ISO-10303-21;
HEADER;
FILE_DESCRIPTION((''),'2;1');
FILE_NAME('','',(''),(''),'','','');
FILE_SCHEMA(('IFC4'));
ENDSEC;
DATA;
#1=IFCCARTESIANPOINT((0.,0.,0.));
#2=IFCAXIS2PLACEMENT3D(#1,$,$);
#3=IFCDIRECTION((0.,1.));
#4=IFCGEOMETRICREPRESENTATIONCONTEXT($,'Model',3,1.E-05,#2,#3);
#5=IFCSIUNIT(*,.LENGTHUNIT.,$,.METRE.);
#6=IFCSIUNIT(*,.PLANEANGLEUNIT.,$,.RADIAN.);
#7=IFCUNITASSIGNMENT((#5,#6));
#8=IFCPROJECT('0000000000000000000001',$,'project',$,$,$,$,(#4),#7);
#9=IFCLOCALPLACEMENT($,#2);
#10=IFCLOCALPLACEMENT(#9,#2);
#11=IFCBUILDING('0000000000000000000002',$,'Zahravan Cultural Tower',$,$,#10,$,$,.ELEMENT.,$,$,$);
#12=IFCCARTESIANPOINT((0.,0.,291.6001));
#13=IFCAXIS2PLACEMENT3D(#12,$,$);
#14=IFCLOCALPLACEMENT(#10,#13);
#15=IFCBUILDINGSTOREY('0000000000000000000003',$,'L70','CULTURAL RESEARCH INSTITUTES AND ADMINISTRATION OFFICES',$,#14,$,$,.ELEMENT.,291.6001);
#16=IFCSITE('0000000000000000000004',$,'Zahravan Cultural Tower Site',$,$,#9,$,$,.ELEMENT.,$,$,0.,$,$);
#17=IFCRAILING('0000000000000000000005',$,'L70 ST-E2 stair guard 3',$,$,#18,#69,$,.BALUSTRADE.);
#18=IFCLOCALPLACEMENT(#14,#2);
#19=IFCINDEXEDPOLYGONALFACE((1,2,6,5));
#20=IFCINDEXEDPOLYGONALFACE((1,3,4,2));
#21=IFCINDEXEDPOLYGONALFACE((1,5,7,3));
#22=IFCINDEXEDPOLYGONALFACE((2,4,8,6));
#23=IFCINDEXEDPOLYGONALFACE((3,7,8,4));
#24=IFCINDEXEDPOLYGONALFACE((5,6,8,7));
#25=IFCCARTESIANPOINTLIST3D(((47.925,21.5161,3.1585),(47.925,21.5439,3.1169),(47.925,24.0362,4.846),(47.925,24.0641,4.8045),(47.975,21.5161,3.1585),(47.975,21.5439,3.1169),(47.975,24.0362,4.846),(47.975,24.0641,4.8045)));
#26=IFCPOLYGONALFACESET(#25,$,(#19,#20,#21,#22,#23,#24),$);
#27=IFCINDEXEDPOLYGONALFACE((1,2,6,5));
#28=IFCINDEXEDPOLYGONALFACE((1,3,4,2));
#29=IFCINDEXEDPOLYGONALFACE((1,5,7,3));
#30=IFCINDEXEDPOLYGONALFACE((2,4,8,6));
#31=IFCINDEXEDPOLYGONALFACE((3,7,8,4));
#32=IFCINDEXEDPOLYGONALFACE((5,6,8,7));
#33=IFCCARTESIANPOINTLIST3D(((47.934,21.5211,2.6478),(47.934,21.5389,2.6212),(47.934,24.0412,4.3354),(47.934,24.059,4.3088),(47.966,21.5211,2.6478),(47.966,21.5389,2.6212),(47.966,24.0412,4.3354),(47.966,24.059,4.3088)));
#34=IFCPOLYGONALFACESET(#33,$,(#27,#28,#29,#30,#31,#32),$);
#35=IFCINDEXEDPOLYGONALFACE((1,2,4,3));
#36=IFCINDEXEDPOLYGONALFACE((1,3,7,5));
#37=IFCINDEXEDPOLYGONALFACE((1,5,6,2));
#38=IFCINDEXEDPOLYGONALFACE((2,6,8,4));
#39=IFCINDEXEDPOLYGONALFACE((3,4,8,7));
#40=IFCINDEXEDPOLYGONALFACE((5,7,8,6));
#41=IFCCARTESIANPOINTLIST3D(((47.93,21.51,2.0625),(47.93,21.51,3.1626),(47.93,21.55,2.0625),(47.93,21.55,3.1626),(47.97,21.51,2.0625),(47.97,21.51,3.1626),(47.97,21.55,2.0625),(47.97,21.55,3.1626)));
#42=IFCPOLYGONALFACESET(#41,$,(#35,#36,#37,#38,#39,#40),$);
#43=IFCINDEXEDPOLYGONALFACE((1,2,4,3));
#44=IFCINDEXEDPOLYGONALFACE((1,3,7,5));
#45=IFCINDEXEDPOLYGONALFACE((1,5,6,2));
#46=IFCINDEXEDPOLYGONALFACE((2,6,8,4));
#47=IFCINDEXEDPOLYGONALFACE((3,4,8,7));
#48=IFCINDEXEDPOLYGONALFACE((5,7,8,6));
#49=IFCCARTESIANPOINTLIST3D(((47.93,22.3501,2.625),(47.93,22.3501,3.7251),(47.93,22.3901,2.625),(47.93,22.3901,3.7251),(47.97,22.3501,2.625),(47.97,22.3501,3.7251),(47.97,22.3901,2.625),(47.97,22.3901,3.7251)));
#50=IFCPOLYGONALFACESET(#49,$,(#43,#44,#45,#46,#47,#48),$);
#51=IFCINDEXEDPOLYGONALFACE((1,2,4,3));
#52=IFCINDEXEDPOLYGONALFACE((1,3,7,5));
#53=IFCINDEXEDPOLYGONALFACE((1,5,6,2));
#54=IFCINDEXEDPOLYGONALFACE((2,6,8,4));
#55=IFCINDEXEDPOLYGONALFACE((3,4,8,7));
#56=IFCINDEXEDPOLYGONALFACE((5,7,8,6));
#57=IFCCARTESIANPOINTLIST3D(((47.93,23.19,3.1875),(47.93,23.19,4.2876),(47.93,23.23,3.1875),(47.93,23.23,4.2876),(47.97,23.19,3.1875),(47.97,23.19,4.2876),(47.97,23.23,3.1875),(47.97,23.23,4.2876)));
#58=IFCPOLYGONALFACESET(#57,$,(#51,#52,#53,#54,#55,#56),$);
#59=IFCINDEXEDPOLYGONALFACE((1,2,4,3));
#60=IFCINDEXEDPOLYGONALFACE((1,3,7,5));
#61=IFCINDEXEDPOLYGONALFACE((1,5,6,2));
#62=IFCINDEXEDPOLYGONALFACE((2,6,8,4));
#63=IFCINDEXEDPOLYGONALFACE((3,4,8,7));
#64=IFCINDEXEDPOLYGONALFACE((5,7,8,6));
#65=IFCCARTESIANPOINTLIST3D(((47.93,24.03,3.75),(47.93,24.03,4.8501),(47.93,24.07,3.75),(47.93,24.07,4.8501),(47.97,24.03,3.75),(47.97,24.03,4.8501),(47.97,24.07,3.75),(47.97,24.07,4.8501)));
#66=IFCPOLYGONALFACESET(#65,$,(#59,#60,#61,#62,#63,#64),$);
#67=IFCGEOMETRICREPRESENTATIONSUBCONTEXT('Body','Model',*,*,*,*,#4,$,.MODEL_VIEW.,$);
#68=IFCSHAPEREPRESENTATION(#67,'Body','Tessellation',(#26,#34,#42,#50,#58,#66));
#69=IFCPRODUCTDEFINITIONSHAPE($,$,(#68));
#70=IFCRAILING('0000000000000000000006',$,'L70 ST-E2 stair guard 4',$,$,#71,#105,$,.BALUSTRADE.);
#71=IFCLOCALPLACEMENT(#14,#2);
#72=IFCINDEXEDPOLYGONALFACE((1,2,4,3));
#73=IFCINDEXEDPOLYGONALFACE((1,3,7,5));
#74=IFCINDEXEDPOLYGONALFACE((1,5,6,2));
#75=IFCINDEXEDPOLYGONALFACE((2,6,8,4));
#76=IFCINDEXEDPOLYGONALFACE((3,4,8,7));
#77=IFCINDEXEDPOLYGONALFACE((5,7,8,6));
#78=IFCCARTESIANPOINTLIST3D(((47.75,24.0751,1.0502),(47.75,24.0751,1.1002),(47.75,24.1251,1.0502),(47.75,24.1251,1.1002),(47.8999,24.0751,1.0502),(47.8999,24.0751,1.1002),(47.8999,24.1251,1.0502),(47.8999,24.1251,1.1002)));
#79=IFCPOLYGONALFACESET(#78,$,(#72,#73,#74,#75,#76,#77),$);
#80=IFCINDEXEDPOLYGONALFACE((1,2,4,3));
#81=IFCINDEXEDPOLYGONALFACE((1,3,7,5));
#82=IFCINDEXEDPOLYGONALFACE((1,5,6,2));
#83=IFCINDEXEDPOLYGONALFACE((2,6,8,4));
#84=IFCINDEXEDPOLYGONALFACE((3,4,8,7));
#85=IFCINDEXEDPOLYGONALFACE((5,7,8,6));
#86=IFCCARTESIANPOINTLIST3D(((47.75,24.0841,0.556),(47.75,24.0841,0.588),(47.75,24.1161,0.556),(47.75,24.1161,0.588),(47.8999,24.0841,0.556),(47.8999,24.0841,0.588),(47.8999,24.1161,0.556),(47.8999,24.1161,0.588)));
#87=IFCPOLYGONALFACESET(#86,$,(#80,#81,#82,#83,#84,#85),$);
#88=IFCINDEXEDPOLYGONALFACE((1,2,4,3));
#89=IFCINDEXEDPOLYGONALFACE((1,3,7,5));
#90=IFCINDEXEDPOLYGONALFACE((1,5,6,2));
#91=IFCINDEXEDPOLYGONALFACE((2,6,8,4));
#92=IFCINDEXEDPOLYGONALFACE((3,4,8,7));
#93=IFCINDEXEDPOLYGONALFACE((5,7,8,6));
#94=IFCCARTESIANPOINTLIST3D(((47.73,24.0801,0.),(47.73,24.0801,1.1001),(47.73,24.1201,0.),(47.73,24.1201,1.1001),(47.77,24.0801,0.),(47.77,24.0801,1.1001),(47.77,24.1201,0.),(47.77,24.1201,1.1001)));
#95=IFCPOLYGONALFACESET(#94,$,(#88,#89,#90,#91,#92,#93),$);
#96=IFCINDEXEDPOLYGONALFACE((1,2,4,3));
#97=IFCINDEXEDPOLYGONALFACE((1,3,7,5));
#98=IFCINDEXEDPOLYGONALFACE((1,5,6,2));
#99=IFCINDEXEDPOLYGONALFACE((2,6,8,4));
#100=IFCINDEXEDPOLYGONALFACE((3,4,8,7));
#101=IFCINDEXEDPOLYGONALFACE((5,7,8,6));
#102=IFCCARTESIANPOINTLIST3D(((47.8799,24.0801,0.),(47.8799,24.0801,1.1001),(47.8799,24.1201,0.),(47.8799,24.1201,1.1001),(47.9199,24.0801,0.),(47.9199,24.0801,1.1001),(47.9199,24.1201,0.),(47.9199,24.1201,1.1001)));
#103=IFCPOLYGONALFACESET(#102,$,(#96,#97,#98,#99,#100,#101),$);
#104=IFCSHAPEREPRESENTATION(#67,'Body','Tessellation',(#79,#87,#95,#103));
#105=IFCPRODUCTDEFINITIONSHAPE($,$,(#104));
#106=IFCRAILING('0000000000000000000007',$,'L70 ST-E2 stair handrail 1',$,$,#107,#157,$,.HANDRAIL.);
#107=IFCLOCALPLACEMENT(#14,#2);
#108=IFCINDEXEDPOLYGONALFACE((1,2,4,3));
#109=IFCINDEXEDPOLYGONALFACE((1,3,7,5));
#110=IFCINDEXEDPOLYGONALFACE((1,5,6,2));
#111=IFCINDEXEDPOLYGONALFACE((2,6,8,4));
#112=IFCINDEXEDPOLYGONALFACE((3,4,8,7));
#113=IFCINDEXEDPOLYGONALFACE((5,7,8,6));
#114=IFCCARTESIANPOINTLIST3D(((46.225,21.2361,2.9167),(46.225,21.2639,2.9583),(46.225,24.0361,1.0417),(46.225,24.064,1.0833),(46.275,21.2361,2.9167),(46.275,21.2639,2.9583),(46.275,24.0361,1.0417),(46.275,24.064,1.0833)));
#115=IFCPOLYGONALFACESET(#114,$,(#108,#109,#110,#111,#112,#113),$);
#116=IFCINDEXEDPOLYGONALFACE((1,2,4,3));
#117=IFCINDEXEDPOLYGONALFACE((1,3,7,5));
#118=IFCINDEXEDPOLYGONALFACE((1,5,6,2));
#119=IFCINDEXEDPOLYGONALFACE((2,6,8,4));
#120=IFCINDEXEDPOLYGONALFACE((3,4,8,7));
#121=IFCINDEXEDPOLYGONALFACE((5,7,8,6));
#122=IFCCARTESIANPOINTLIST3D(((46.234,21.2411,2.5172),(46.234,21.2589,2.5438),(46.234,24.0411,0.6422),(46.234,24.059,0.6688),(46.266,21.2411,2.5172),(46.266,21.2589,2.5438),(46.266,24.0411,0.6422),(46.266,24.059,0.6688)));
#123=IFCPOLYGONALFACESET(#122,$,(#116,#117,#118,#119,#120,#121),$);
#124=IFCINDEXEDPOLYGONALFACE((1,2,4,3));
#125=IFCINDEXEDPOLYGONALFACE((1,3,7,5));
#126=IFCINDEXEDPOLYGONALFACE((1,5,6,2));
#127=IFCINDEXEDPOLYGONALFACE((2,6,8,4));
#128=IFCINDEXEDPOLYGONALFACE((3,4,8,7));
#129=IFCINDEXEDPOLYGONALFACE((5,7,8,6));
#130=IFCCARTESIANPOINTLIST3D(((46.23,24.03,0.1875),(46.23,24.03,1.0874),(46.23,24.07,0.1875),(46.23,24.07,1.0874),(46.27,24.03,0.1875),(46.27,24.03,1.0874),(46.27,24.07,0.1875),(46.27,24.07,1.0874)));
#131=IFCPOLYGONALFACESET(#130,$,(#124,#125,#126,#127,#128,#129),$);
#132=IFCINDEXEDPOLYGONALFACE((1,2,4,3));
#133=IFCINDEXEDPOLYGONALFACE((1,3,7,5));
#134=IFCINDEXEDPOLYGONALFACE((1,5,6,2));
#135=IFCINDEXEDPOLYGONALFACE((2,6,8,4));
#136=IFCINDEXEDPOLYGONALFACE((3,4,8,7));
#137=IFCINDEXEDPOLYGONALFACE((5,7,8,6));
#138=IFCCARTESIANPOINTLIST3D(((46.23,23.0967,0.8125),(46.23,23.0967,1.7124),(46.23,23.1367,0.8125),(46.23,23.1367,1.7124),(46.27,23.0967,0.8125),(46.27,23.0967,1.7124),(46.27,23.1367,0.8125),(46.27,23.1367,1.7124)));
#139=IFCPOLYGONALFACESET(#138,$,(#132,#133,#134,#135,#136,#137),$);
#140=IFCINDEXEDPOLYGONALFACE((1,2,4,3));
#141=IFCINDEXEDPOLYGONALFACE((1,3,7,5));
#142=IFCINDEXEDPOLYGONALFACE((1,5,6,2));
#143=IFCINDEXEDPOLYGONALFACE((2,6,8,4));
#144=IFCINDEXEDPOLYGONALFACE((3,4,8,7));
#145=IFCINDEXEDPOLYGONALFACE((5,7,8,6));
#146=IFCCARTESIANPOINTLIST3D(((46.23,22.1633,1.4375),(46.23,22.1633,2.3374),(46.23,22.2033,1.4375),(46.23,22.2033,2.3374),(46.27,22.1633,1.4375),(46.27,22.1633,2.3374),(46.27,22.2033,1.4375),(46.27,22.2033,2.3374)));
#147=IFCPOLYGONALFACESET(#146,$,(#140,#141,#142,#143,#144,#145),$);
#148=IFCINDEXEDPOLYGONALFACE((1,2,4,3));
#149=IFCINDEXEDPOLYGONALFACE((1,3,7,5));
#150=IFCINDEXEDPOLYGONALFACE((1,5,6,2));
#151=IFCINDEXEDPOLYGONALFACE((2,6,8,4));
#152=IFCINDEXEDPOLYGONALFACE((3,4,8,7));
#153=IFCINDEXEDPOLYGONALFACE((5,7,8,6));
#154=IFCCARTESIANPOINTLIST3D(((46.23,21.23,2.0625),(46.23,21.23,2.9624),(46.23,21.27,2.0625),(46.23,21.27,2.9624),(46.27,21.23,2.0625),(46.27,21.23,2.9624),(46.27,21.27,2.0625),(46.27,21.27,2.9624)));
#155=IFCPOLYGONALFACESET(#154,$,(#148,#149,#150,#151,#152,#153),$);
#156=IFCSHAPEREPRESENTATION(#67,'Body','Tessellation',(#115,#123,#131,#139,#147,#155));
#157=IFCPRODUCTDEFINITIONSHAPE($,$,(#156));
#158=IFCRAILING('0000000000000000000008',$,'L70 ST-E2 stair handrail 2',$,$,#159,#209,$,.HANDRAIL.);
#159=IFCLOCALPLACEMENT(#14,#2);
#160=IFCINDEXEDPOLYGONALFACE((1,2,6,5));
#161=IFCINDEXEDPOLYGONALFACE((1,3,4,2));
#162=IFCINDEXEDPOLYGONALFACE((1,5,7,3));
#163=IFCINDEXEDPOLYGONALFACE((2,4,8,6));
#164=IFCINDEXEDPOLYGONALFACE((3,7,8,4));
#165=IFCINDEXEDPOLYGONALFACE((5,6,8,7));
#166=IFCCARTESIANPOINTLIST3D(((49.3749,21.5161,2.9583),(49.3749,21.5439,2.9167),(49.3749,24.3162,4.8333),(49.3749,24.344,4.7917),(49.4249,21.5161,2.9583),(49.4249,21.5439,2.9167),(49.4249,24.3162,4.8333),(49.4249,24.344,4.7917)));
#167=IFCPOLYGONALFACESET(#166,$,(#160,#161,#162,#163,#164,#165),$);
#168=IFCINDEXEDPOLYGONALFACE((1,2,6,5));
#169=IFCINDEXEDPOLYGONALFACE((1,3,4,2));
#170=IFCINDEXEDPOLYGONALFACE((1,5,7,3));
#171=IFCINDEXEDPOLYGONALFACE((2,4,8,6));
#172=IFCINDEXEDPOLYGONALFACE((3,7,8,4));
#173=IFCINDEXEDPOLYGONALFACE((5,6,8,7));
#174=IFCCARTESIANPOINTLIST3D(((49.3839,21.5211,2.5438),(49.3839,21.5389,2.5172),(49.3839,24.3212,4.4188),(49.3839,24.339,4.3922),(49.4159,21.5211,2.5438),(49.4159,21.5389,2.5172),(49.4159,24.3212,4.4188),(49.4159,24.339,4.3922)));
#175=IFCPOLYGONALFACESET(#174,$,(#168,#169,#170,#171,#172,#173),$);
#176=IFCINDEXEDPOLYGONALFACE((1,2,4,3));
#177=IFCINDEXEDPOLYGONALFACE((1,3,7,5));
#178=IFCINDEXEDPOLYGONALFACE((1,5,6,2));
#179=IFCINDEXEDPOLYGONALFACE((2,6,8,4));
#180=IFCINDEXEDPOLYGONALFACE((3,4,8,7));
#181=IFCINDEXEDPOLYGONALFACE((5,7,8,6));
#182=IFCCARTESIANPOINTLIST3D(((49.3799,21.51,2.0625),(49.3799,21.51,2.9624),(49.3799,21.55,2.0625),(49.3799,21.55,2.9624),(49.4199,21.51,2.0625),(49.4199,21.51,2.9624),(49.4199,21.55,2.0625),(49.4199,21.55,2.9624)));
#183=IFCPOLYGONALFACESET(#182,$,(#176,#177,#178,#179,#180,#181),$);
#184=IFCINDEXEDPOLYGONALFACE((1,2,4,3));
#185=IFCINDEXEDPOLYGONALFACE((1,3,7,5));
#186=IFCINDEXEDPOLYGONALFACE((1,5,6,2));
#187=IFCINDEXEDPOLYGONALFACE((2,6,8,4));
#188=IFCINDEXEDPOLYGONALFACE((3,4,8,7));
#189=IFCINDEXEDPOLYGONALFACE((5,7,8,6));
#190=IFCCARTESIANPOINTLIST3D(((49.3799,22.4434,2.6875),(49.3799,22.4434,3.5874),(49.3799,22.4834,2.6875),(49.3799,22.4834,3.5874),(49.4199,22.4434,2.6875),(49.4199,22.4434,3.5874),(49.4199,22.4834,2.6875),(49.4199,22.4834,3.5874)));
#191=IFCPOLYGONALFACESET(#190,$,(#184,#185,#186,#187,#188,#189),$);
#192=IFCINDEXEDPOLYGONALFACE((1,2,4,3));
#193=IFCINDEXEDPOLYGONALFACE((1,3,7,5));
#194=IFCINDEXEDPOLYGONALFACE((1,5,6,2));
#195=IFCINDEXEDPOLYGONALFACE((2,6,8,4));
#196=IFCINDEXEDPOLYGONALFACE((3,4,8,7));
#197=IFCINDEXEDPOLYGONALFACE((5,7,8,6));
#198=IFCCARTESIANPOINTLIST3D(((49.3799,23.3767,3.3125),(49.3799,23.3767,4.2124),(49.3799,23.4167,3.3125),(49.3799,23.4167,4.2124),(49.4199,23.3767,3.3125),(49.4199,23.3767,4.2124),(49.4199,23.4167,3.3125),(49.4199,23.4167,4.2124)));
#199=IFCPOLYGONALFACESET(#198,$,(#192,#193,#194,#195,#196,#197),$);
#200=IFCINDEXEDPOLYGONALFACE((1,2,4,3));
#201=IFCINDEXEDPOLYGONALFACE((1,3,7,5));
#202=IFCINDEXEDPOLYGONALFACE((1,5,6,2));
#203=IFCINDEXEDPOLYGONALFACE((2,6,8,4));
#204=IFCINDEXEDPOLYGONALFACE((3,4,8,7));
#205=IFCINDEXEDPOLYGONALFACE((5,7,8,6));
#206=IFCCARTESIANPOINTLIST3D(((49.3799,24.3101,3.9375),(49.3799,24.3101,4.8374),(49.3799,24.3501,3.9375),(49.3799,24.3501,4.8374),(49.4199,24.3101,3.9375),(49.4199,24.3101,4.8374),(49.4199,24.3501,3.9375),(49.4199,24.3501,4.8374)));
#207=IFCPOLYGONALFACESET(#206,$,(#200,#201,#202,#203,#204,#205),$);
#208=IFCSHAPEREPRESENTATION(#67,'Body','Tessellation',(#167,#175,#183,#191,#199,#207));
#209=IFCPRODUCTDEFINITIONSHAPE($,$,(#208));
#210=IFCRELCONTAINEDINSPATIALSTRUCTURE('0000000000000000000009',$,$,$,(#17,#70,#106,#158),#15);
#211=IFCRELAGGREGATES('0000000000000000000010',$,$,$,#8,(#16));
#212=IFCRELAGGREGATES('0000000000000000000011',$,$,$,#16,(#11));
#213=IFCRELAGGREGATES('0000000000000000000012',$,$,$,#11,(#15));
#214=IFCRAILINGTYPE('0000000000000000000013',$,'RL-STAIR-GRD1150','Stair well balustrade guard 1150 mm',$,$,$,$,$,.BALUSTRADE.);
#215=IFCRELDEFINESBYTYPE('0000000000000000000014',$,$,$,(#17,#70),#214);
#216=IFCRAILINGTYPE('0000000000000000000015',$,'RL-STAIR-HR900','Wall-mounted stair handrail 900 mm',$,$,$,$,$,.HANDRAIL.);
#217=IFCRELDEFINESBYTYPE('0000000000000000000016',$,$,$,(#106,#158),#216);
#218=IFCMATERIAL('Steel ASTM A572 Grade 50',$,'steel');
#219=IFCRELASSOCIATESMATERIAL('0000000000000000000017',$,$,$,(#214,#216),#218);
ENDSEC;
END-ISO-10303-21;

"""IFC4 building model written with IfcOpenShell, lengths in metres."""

from ifc_helpers import new_model, si_unit, direction, frame, origin, origin_2d, place, context, subcontext, project, spatial, rectangle, extrude, material, type_object, element, save


model = new_model("IFC4")

# Units and contexts
model_context = context("Model", 3, precision=1e-05, world=origin(), true_north=direction((0.0, 1.0)))
body_context = subcontext(model_context, "Body", "Model", "MODEL_VIEW")
ifc_project = project(units=[si_unit("LENGTHUNIT", "METRE"), si_unit("PLANEANGLEUNIT", "RADIAN")], contexts=[model_context])

# Site, building, storey
site_placement = place(None, origin())
site = spatial("IfcSite", under=ifc_project, at=site_placement, Name="Zahravan Cultural Tower Site", CompositionType="ELEMENT", RefElevation=0.0)
building_placement = place(site_placement, origin())
building = spatial("IfcBuilding", under=site, at=building_placement, Name="Zahravan Cultural Tower", CompositionType="ELEMENT")
storey_placement = place(building_placement, frame((0.0, 0.0, 291.6001)))
storey = spatial("IfcBuildingStorey", under=building, at=storey_placement, Name="L70", Description="CULTURAL RESEARCH INSTITUTES AND ADMINISTRATION OFFICES", CompositionType="ELEMENT", Elevation=291.6001)

# Shared definitions
ifc_material_1 = material(Name="Steel ASTM A572 Grade 50", Category="steel")

# Railings
railing_type_1 = type_object("IfcRailingType", Name="RL-STAIR-GRD1150", Description="Stair well balustrade guard 1150 mm", PredefinedType="BALUSTRADE", material=ifc_material_1)
railing_1_placement = place(storey_placement, frame((47.95, 21.53, 2.0625)))
element("IfcRailing", 1, at=railing_1_placement, inside=storey, type_object=railing_type_1, Name="L70 ST-E2 stair guard 3", PredefinedType="BALUSTRADE", context=body_context, shape_type="SweptSolid", body=[
    extrude(rectangle(XDim=0.05, YDim=0.05, at=origin_2d()), frame((0.0, 0.0, 1.0752), z_axis=(0.0, 0.830909, 0.556408), x_axis=(-1.0, 0.0, 0.0)), (0.0, 0.0, 1.0), 3.033),
    extrude(rectangle(XDim=0.032, YDim=0.032, at=origin_2d()), frame((0.0, 0.0, 0.572), z_axis=(0.0, 0.830909, 0.556408), x_axis=(-1.0, 0.0, 0.0)), (0.0, 0.0, 1.0), 3.033),
    extrude(rectangle(XDim=0.04, YDim=0.04, at=origin_2d()), origin(), (0.0, 0.0, 1.0), 1.1001),
    extrude(rectangle(XDim=0.04, YDim=0.04, at=origin_2d()), frame((0.0, 0.8401, 0.5625)), (0.0, 0.0, 1.0), 1.1001),
    extrude(rectangle(XDim=0.04, YDim=0.04, at=origin_2d()), frame((0.0, 1.6799, 1.125)), (0.0, 0.0, 1.0), 1.1001),
    extrude(rectangle(XDim=0.04, YDim=0.04, at=origin_2d()), frame((0.0, 2.52, 1.6875)), (0.0, 0.0, 1.0), 1.1001),
])
railing_2_placement = place(storey_placement, frame((47.75, 24.1001, 0.0)))
element("IfcRailing", 2, at=railing_2_placement, inside=storey, type_object=railing_type_1, Name="L70 ST-E2 stair guard 4", PredefinedType="BALUSTRADE", context=body_context, shape_type="SweptSolid", body=[
    extrude(rectangle(XDim=0.05, YDim=0.05, at=origin_2d()), frame((0.0, 0.0, 1.0752), z_axis=(1.0, 0.0, 0.0), x_axis=(0.0, 1.0, 0.0)), (0.0, 0.0, 1.0), 0.1499),
    extrude(rectangle(XDim=0.032, YDim=0.032, at=origin_2d()), frame((0.0, 0.0, 0.572), z_axis=(1.0, 0.0, 0.0), x_axis=(0.0, 1.0, 0.0)), (0.0, 0.0, 1.0), 0.1499),
    extrude(rectangle(XDim=0.04, YDim=0.04, at=origin_2d()), origin(), (0.0, 0.0, 1.0), 1.1001),
    extrude(rectangle(XDim=0.04, YDim=0.04, at=origin_2d()), frame((0.1499, 0.0, 0.0)), (0.0, 0.0, 1.0), 1.1001),
])
railing_type_2 = type_object("IfcRailingType", Name="RL-STAIR-HR900", Description="Wall-mounted stair handrail 900 mm", PredefinedType="HANDRAIL", material=ifc_material_1)
railing_3_placement = place(storey_placement, frame((46.25, 24.05, 0.1875)))
element("IfcRailing", 3, at=railing_3_placement, inside=storey, type_object=railing_type_2, Name="L70 ST-E2 stair handrail 1", PredefinedType="HANDRAIL", context=body_context, shape_type="SweptSolid", body=[
    extrude(rectangle(XDim=0.05, YDim=0.05, at=origin_2d()), frame((0.0, 0.0, 0.875), z_axis=(0.0, -0.830912, 0.556404), x_axis=(1.0, 0.0, 0.0)), (0.0, 0.0, 1.0), 3.3699),
    extrude(rectangle(XDim=0.032, YDim=0.032, at=origin_2d()), frame((0.0, 0.0, 0.468), z_axis=(0.0, -0.830912, 0.556404), x_axis=(1.0, 0.0, 0.0)), (0.0, 0.0, 1.0), 3.3699),
    extrude(rectangle(XDim=0.04, YDim=0.04, at=origin_2d()), origin(), (0.0, 0.0, 1.0), 0.8999),
    extrude(rectangle(XDim=0.04, YDim=0.04, at=origin_2d()), frame((0.0, -0.9333, 0.625)), (0.0, 0.0, 1.0), 0.8999),
    extrude(rectangle(XDim=0.04, YDim=0.04, at=origin_2d()), frame((0.0, -1.8667, 1.25)), (0.0, 0.0, 1.0), 0.8999),
    extrude(rectangle(XDim=0.04, YDim=0.04, at=origin_2d()), frame((0.0, -2.8, 1.875)), (0.0, 0.0, 1.0), 0.8999),
])
railing_4_placement = place(storey_placement, frame((49.3999, 21.53, 2.0625)))
element("IfcRailing", 4, at=railing_4_placement, inside=storey, type_object=railing_type_2, Name="L70 ST-E2 stair handrail 2", PredefinedType="HANDRAIL", context=body_context, shape_type="SweptSolid", body=[
    extrude(rectangle(XDim=0.05, YDim=0.05, at=origin_2d()), frame((0.0, 0.0, 0.875), z_axis=(0.0, 0.830912, 0.556404), x_axis=(-1.0, 0.0, 0.0)), (0.0, 0.0, 1.0), 3.3699),
    extrude(rectangle(XDim=0.032, YDim=0.032, at=origin_2d()), frame((0.0, 0.0, 0.468), z_axis=(0.0, 0.830912, 0.556404), x_axis=(-1.0, 0.0, 0.0)), (0.0, 0.0, 1.0), 3.3699),
    extrude(rectangle(XDim=0.04, YDim=0.04, at=origin_2d()), origin(), (0.0, 0.0, 1.0), 0.8999),
    extrude(rectangle(XDim=0.04, YDim=0.04, at=origin_2d()), frame((0.0, 0.9333, 0.625)), (0.0, 0.0, 1.0), 0.8999),
    extrude(rectangle(XDim=0.04, YDim=0.04, at=origin_2d()), frame((0.0, 1.8667, 1.25)), (0.0, 0.0, 1.0), 0.8999),
    extrude(rectangle(XDim=0.04, YDim=0.04, at=origin_2d()), frame((0.0, 2.8, 1.875)), (0.0, 0.0, 1.0), 0.8999),
])

save(model, "model.ifc")
